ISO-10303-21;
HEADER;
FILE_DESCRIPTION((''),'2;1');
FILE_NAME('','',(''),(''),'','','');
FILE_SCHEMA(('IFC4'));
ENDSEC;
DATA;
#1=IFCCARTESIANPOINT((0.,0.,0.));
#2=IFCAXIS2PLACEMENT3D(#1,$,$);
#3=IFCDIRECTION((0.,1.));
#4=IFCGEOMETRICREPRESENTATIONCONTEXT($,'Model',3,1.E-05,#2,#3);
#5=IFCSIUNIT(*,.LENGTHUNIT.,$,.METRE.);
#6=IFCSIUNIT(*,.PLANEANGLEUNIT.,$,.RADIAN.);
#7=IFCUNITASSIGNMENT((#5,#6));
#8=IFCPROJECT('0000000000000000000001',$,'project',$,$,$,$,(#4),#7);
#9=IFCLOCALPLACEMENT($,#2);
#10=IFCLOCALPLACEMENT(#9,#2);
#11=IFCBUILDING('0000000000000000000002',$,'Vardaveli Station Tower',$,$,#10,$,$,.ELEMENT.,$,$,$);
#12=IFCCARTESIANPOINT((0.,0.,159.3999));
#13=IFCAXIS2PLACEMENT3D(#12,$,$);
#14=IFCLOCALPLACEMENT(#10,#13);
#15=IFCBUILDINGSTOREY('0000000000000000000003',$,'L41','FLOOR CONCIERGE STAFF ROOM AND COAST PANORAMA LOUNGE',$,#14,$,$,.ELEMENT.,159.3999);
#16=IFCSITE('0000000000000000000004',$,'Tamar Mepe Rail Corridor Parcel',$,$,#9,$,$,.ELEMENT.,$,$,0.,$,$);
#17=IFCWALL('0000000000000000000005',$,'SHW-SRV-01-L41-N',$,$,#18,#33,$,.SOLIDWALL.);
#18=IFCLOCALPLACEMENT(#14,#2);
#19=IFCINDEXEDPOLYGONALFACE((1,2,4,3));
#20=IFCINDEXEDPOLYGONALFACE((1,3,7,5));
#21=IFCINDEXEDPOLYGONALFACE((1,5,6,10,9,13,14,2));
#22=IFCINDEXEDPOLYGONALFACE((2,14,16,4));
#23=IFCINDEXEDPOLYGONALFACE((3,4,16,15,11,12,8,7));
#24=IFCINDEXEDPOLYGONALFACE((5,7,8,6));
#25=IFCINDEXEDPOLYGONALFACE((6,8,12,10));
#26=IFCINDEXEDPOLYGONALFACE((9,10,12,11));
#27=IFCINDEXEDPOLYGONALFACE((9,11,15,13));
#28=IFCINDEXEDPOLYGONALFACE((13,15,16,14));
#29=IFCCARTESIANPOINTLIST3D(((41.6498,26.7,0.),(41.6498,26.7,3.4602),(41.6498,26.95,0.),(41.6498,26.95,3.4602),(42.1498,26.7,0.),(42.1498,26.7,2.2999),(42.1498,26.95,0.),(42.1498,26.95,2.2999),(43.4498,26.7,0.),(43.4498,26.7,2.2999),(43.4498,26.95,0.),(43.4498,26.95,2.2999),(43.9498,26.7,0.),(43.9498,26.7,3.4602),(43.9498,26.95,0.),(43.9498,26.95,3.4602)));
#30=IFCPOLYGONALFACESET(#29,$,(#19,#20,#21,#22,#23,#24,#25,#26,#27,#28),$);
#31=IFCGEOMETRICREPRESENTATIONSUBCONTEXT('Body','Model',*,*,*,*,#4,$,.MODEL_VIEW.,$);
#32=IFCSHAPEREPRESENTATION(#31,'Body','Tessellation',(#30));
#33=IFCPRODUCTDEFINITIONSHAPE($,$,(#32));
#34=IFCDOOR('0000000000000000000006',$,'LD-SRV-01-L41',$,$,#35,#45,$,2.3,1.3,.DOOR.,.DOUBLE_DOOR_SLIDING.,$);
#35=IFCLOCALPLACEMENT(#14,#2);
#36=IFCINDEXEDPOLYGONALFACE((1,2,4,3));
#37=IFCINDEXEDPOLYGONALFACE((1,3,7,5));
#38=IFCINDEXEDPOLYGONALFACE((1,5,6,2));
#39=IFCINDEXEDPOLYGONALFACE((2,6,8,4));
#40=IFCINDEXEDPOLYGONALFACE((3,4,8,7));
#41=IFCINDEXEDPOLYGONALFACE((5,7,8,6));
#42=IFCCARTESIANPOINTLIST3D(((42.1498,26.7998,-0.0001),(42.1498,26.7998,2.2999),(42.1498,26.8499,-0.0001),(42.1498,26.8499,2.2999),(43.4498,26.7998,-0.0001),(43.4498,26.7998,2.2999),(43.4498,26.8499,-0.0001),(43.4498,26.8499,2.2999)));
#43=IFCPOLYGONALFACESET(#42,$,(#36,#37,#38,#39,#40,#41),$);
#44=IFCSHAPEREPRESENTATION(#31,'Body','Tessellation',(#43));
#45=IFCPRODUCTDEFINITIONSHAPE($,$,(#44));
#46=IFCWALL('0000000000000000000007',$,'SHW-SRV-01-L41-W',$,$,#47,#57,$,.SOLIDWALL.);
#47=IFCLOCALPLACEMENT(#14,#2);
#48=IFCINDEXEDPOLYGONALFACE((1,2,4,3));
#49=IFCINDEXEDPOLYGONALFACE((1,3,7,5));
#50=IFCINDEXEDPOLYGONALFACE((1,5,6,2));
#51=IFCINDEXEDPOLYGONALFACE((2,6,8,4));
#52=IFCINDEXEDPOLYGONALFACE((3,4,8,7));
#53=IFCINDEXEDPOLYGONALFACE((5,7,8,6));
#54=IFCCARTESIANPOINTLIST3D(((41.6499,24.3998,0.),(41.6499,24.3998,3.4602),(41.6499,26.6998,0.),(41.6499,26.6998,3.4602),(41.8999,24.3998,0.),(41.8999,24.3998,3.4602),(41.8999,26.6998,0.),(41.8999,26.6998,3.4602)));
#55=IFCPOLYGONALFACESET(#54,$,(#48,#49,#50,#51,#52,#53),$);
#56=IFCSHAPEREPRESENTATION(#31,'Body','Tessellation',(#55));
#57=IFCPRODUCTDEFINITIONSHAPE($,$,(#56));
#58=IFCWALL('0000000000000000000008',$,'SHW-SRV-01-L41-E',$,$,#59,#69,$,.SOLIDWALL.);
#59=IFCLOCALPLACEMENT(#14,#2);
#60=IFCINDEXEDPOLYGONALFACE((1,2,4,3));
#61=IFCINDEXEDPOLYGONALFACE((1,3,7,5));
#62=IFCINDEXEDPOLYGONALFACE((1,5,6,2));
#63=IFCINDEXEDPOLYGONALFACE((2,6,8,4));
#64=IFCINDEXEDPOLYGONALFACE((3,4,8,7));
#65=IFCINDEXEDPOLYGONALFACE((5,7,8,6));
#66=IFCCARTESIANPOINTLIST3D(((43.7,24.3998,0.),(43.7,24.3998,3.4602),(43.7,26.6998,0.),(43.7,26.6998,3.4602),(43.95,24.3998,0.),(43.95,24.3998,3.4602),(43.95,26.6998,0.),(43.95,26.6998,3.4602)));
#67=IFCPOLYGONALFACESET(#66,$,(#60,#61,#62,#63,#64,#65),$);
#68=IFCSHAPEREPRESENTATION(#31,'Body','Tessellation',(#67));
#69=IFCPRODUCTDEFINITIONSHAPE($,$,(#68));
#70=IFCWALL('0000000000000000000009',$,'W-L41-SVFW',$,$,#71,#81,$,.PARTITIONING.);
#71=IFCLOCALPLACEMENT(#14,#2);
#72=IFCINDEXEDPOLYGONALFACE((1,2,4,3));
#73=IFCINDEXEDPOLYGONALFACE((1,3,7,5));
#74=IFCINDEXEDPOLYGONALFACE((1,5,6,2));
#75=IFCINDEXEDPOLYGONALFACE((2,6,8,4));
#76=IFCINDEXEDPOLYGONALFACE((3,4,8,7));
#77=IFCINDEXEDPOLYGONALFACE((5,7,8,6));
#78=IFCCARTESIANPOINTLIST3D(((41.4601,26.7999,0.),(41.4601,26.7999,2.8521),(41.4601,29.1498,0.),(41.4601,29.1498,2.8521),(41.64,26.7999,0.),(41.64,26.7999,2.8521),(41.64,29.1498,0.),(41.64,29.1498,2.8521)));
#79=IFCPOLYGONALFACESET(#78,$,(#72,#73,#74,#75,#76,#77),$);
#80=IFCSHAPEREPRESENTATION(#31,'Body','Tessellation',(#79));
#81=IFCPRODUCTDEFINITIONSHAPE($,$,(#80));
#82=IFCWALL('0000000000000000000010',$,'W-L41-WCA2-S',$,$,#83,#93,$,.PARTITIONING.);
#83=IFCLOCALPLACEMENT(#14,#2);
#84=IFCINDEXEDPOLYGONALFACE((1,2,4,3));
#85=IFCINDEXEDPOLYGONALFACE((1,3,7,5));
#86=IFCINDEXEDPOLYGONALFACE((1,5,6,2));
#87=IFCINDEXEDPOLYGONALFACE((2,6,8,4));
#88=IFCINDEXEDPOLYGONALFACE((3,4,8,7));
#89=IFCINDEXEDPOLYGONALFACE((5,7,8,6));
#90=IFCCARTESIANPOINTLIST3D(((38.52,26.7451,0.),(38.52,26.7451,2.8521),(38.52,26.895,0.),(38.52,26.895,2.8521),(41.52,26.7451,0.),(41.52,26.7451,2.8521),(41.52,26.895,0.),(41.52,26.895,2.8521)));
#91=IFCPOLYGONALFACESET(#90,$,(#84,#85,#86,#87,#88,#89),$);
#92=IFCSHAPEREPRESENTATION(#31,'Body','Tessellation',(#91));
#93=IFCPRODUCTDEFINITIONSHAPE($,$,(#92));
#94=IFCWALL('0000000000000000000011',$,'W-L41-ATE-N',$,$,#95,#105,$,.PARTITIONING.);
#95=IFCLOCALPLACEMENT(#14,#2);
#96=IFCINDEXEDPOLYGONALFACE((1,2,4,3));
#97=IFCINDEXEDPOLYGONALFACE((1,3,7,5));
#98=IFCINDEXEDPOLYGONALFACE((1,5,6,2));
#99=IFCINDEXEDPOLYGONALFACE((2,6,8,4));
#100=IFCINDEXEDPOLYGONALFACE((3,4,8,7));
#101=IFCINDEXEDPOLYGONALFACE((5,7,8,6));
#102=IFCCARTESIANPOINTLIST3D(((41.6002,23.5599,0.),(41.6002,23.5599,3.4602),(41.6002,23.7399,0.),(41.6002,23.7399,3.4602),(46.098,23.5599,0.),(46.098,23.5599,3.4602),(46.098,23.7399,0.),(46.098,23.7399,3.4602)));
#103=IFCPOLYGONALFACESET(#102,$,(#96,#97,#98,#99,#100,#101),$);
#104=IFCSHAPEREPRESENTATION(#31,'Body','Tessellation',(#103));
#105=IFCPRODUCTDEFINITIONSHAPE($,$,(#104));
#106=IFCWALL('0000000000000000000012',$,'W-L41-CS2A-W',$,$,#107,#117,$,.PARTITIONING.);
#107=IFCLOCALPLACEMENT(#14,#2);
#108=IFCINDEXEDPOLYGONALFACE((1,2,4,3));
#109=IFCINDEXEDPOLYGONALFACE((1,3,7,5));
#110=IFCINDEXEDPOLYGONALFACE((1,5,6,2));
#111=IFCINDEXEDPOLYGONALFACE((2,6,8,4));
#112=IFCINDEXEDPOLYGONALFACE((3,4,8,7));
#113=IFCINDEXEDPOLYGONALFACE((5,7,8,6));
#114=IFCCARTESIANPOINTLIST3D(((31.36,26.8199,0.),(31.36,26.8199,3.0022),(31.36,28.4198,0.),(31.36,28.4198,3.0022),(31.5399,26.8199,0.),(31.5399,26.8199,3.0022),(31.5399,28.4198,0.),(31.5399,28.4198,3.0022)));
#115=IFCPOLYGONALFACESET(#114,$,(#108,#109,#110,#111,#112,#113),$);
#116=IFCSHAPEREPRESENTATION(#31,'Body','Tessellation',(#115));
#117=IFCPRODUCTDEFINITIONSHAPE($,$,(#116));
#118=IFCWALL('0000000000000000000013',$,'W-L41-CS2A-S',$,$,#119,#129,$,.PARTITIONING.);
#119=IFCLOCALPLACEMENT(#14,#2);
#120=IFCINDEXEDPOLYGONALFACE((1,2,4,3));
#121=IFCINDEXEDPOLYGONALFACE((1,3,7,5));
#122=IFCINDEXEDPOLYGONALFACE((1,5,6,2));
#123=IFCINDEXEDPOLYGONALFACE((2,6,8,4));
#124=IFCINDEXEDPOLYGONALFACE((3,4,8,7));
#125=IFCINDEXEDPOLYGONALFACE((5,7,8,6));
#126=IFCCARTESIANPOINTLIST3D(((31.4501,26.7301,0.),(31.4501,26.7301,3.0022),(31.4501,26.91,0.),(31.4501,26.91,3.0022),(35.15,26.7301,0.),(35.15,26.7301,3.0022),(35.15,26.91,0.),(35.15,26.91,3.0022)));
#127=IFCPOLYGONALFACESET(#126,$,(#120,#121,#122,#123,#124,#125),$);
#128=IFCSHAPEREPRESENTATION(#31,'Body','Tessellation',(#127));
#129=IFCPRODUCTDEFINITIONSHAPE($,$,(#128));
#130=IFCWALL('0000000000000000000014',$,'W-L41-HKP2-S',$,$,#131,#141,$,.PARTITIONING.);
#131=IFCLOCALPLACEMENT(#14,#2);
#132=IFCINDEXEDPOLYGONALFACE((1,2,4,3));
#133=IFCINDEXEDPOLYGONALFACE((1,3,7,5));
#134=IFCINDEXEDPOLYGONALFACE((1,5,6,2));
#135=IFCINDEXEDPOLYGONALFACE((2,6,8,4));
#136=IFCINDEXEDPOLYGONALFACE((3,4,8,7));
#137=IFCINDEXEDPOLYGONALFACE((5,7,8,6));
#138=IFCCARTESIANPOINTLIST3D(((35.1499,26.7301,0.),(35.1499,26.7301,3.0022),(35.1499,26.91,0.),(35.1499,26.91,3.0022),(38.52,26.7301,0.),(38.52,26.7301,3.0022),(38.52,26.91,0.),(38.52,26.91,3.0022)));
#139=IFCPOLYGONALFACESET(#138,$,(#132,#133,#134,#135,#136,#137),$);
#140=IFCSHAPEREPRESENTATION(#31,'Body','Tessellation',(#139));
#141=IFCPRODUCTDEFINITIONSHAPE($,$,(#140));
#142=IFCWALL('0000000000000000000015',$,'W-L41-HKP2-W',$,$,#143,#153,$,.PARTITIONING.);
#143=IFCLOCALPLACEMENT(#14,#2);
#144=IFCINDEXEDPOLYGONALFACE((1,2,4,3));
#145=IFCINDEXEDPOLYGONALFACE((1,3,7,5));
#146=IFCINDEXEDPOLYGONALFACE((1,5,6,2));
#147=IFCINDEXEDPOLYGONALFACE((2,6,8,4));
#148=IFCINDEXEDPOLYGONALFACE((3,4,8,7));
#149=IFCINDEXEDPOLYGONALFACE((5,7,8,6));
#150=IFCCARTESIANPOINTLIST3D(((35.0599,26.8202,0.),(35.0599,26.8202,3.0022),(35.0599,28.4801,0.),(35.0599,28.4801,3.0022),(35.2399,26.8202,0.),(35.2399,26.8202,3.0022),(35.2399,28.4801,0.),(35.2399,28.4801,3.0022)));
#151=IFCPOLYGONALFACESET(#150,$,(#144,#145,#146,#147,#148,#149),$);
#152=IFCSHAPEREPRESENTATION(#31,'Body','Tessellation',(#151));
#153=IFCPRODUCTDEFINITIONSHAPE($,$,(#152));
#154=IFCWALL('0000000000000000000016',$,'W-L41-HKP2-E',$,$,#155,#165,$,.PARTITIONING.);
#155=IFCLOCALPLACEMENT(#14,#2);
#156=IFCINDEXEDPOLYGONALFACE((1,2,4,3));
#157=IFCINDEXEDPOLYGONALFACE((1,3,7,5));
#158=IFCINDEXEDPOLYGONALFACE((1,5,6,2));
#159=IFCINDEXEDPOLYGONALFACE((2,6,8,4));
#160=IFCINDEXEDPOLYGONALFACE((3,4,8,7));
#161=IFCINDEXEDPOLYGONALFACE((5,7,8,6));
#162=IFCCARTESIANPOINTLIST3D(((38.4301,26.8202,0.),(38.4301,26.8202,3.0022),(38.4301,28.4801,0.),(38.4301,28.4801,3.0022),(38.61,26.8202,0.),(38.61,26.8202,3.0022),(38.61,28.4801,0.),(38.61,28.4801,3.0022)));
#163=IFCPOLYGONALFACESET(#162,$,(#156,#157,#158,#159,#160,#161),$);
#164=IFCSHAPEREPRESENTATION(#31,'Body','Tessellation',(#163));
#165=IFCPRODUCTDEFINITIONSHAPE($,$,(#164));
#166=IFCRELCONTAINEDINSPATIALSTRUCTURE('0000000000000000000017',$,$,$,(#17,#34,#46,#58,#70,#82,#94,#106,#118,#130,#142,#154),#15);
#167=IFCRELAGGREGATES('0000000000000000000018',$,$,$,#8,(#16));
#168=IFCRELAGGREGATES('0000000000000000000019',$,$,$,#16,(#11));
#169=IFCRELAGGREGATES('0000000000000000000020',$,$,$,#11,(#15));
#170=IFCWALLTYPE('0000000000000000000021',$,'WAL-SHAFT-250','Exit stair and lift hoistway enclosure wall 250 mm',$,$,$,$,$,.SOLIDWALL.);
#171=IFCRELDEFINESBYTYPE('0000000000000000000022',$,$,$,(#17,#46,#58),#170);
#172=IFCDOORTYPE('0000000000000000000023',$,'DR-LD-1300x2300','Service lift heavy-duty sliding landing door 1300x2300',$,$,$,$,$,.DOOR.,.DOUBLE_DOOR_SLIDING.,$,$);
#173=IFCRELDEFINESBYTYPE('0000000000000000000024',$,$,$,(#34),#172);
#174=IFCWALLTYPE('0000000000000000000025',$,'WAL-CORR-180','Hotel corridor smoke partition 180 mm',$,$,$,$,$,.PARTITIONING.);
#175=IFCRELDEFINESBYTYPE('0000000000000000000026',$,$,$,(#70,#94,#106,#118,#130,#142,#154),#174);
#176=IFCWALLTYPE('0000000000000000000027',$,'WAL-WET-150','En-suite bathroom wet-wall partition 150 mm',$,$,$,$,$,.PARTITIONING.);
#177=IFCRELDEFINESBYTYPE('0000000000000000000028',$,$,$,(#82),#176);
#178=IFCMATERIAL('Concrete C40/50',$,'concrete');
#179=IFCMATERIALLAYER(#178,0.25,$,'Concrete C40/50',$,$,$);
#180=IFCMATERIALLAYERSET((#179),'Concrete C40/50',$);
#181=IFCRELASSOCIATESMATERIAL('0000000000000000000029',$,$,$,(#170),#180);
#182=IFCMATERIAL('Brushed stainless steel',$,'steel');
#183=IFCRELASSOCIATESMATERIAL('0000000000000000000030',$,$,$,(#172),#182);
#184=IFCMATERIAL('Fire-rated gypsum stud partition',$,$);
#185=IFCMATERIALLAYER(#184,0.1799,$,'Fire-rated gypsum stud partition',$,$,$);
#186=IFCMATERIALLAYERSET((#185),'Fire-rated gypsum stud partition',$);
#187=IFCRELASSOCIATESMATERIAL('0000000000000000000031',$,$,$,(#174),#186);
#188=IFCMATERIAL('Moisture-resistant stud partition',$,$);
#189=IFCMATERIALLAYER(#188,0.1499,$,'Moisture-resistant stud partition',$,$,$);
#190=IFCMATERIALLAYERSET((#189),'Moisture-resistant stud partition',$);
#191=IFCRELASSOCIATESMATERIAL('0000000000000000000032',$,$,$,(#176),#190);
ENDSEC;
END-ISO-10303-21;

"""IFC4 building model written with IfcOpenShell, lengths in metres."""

from ifc_helpers import new_model, si_unit, direction, frame, frame_2d, origin, place, context, subcontext, project, spatial, rectangle, extrude, source, transform, mapped, material, layer, layer_set, type_object, element, fill, save


model = new_model("IFC4")

# Units and contexts
model_context = context("Model", 3, precision=1e-05, world=origin(), true_north=direction((0.0, 1.0)))
body_context = subcontext(model_context, "Body", "Model", "MODEL_VIEW")
ifc_project = project(units=[si_unit("LENGTHUNIT", "METRE"), si_unit("PLANEANGLEUNIT", "RADIAN")], contexts=[model_context])

# Site, building, storey
site_placement = place(None, origin())
site = spatial("IfcSite", under=ifc_project, at=site_placement, Name="Tamar Mepe Rail Corridor Parcel", CompositionType="ELEMENT", RefElevation=0.0)
building_placement = place(site_placement, origin())
building = spatial("IfcBuilding", under=site, at=building_placement, Name="Vardaveli Station Tower", CompositionType="ELEMENT")
storey_placement = place(building_placement, frame((0.0, 0.0, 159.3999)))
storey = spatial("IfcBuildingStorey", under=building, at=storey_placement, Name="L41", Description="FLOOR CONCIERGE STAFF ROOM AND COAST PANORAMA LOUNGE", CompositionType="ELEMENT", Elevation=159.3999)

# Shared definitions
ifc_material_1 = material(Name="Concrete C40/50", Category="concrete")
ifc_layer_1 = layer(ifc_material_1, 0.25, Name="Concrete C40/50")
ifc_layer_set_1 = layer_set([ifc_layer_1], Name="Concrete C40/50")
wall_type_1 = type_object("IfcWallType", Name="WAL-SHAFT-250", Description="Exit stair and lift hoistway enclosure wall 250 mm", PredefinedType="SOLIDWALL", material=ifc_layer_set_1)
shared_shape_1 = source(origin(), body_context, "Body", "SweptSolid", [
    extrude(rectangle(XDim=2.3, YDim=0.25, at=frame_2d((1.1499, 0.0))), origin(), (0.0, 0.0, 1.0), 3.4602),
])

# Wall, opening, door
wall_1_placement = place(storey_placement, frame((41.6499, 26.825, 0.0), z_axis=(0.0, 0.0, 1.0), x_axis=(1.0, 0.0, 0.0)))
wall_1 = element("IfcWall", 1, at=wall_1_placement, inside=storey, type_object=wall_type_1, Name="SHW-SRV-01-L41-N", PredefinedType="SOLIDWALL", context=body_context, shape_type="MappedRepresentation", body=[
    mapped(shared_shape_1, transform((0.0, 0.0, 0.0), scale=1.0)),
])
shared_shape_2 = source(origin(), body_context, "Body", "SweptSolid", [
    extrude(rectangle(XDim=1.3, YDim=2.3, at=frame_2d((0.6499, 1.1499))), frame((0.0, 0.135, 0.0), z_axis=(0.0, -1.0, 0.0), x_axis=(1.0, 0.0, 0.0)), (0.0, 0.0, 1.0), 0.27),
])
opening_placement = place(wall_1_placement, frame((0.5, 0.0, 0.0)))
opening = element("IfcOpeningElement", 2, at=opening_placement, cuts=wall_1, PredefinedType="OPENING", context=body_context, shape_type="MappedRepresentation", body=[
    mapped(shared_shape_2, transform((0.0, 0.0, 0.0), scale=1.0)),
])
ifc_material_2 = material(Name="Brushed stainless steel", Category="steel")
door_type = type_object("IfcDoorType", Name="DR-LD-1300x2300", Description="Service lift heavy-duty sliding landing door 1300x2300", OperationType="DOUBLE_DOOR_SLIDING", PredefinedType="DOOR", material=ifc_material_2)
shared_shape_3 = source(origin(), body_context, "Body", "SweptSolid", [
    extrude(rectangle(XDim=1.3, YDim=2.3, at=frame_2d((0.6499, 1.1499))), frame((0.0, 0.0249, 0.0), z_axis=(0.0, -1.0, 0.0), x_axis=(1.0, 0.0, 0.0)), (0.0, 0.0, 1.0), 0.05),
])
door_placement = place(opening_placement, origin())
door = element("IfcDoor", 3, at=door_placement, inside=storey, type_object=door_type, Name="LD-SRV-01-L41", OperationType="DOUBLE_DOOR_SLIDING", OverallHeight=2.3, OverallWidth=1.3, PredefinedType="DOOR", context=body_context, shape_type="MappedRepresentation", body=[
    mapped(shared_shape_3, transform((0.0, 0.0, 0.0), scale=1.0)),
])
fill(opening, door)

# Walls
for number, where, z_axis, x_axis, name in (
    (4, (41.7749, 24.3999, 0.0), (0.0, 0.0, 1.0), (0.0, 1.0, 0.0), "SHW-SRV-01-L41-W"),
    (5, (43.825, 24.3999, 0.0), (0.0, 0.0, 1.0), (0.0, 1.0, 0.0), "SHW-SRV-01-L41-E"),
):
    element("IfcWall", number, at=place(storey_placement, frame(where, z_axis=z_axis, x_axis=x_axis)), inside=storey, type_object=wall_type_1, Name=name, PredefinedType="SOLIDWALL", context=body_context, shape_type="MappedRepresentation", body=[
        mapped(shared_shape_1, transform((0.0, 0.0, 0.0), scale=1.0)),
    ])
ifc_material_3 = material(Name="Fire-rated gypsum stud partition")
ifc_layer_2 = layer(ifc_material_3, 0.1799, Name="Fire-rated gypsum stud partition")
ifc_layer_set_2 = layer_set([ifc_layer_2], Name="Fire-rated gypsum stud partition")
wall_type_2 = type_object("IfcWallType", Name="WAL-CORR-180", Description="Hotel corridor smoke partition 180 mm", PredefinedType="PARTITIONING", material=ifc_layer_set_2)
shared_shape_4 = source(origin(), body_context, "Body", "SweptSolid", [
    extrude(rectangle(XDim=2.3499, YDim=0.1799, at=frame_2d((1.1748, 0.0))), origin(), (0.0, 0.0, 1.0), 2.8521),
])
wall_2_placement = place(storey_placement, frame((41.55, 26.8, 0.0), z_axis=(0.0, 0.0, 1.0), x_axis=(0.0, 1.0, 0.0)))
element("IfcWall", 6, at=wall_2_placement, inside=storey, type_object=wall_type_2, Name="W-L41-SVFW", PredefinedType="PARTITIONING", context=body_context, shape_type="MappedRepresentation", body=[
    mapped(shared_shape_4, transform((0.0, 0.0, 0.0), scale=1.0)),
])
ifc_material_4 = material(Name="Moisture-resistant stud partition")
ifc_layer_3 = layer(ifc_material_4, 0.1499, Name="Moisture-resistant stud partition")
ifc_layer_set_3 = layer_set([ifc_layer_3], Name="Moisture-resistant stud partition")
wall_type_3 = type_object("IfcWallType", Name="WAL-WET-150", Description="En-suite bathroom wet-wall partition 150 mm", PredefinedType="PARTITIONING", material=ifc_layer_set_3)
shared_shape_5 = source(origin(), body_context, "Body", "SweptSolid", [
    extrude(rectangle(XDim=3.0, YDim=0.1499, at=frame_2d((1.5, 0.0))), origin(), (0.0, 0.0, 1.0), 2.8521),
])
wall_3_placement = place(storey_placement, frame((38.52, 26.8201, 0.0), z_axis=(0.0, 0.0, 1.0), x_axis=(1.0, 0.0, 0.0)))
element("IfcWall", 7, at=wall_3_placement, inside=storey, type_object=wall_type_3, Name="W-L41-WCA2-S", PredefinedType="PARTITIONING", context=body_context, shape_type="MappedRepresentation", body=[
    mapped(shared_shape_5, transform((0.0, 0.0, 0.0), scale=1.0)),
])
shared_shape_6 = source(origin(), body_context, "Body", "SweptSolid", [
    extrude(rectangle(XDim=4.4978, YDim=0.1799, at=frame_2d((2.249, 0.0))), origin(), (0.0, 0.0, 1.0), 3.4602),
])
wall_4_placement = place(storey_placement, frame((41.6001, 23.6499, 0.0), z_axis=(0.0, 0.0, 1.0), x_axis=(1.0, 0.0, 0.0)))
element("IfcWall", 8, at=wall_4_placement, inside=storey, type_object=wall_type_2, Name="W-L41-ATE-N", PredefinedType="PARTITIONING", context=body_context, shape_type="MappedRepresentation", body=[
    mapped(shared_shape_6, transform((0.0, 0.0, 0.0), scale=1.0)),
])
shared_shape_7 = source(origin(), body_context, "Body", "SweptSolid", [
    extrude(rectangle(XDim=1.5999, YDim=0.1799, at=frame_2d((0.7998, 0.0))), origin(), (0.0, 0.0, 1.0), 3.0022),
])
wall_5_placement = place(storey_placement, frame((31.45, 26.8201, 0.0), z_axis=(0.0, 0.0, 1.0), x_axis=(0.0, 1.0, 0.0)))
element("IfcWall", 9, at=wall_5_placement, inside=storey, type_object=wall_type_2, Name="W-L41-CS2A-W", PredefinedType="PARTITIONING", context=body_context, shape_type="MappedRepresentation", body=[
    mapped(shared_shape_7, transform((0.0, 0.0, 0.0), scale=1.0)),
])
shared_shape_8 = source(origin(), body_context, "Body", "SweptSolid", [
    extrude(rectangle(XDim=3.7, YDim=0.1799, at=frame_2d((1.8501, 0.0))), origin(), (0.0, 0.0, 1.0), 3.0022),
])
wall_6_placement = place(storey_placement, frame((31.45, 26.8201, 0.0), z_axis=(0.0, 0.0, 1.0), x_axis=(1.0, 0.0, 0.0)))
element("IfcWall", 10, at=wall_6_placement, inside=storey, type_object=wall_type_2, Name="W-L41-CS2A-S", PredefinedType="PARTITIONING", context=body_context, shape_type="MappedRepresentation", body=[
    mapped(shared_shape_8, transform((0.0, 0.0, 0.0), scale=1.0)),
])
shared_shape_9 = source(origin(), body_context, "Body", "SweptSolid", [
    extrude(rectangle(XDim=3.3701, YDim=0.1799, at=frame_2d((1.6851, 0.0))), origin(), (0.0, 0.0, 1.0), 3.0022),
])
wall_7_placement = place(storey_placement, frame((35.1499, 26.8201, 0.0), z_axis=(0.0, 0.0, 1.0), x_axis=(1.0, 0.0, 0.0)))
element("IfcWall", 11, at=wall_7_placement, inside=storey, type_object=wall_type_2, Name="W-L41-HKP2-S", PredefinedType="PARTITIONING", context=body_context, shape_type="MappedRepresentation", body=[
    mapped(shared_shape_9, transform((0.0, 0.0, 0.0), scale=1.0)),
])
shared_shape_10 = source(origin(), body_context, "Body", "SweptSolid", [
    extrude(rectangle(XDim=1.6599, YDim=0.1799, at=frame_2d((0.8301, 0.0))), origin(), (0.0, 0.0, 1.0), 3.0022),
])
for number, where, z_axis, x_axis, name in (
    (12, (35.1499, 26.8201, 0.0), (0.0, 0.0, 1.0), (0.0, 1.0, 0.0), "W-L41-HKP2-W"),
    (13, (38.52, 26.8201, 0.0), (0.0, 0.0, 1.0), (0.0, 1.0, 0.0), "W-L41-HKP2-E"),
):
    element("IfcWall", number, at=place(storey_placement, frame(where, z_axis=z_axis, x_axis=x_axis)), inside=storey, type_object=wall_type_2, Name=name, PredefinedType="PARTITIONING", context=body_context, shape_type="MappedRepresentation", body=[
        mapped(shared_shape_10, transform((0.0, 0.0, 0.0), scale=1.0)),
    ])

save(model, "model.ifc")
